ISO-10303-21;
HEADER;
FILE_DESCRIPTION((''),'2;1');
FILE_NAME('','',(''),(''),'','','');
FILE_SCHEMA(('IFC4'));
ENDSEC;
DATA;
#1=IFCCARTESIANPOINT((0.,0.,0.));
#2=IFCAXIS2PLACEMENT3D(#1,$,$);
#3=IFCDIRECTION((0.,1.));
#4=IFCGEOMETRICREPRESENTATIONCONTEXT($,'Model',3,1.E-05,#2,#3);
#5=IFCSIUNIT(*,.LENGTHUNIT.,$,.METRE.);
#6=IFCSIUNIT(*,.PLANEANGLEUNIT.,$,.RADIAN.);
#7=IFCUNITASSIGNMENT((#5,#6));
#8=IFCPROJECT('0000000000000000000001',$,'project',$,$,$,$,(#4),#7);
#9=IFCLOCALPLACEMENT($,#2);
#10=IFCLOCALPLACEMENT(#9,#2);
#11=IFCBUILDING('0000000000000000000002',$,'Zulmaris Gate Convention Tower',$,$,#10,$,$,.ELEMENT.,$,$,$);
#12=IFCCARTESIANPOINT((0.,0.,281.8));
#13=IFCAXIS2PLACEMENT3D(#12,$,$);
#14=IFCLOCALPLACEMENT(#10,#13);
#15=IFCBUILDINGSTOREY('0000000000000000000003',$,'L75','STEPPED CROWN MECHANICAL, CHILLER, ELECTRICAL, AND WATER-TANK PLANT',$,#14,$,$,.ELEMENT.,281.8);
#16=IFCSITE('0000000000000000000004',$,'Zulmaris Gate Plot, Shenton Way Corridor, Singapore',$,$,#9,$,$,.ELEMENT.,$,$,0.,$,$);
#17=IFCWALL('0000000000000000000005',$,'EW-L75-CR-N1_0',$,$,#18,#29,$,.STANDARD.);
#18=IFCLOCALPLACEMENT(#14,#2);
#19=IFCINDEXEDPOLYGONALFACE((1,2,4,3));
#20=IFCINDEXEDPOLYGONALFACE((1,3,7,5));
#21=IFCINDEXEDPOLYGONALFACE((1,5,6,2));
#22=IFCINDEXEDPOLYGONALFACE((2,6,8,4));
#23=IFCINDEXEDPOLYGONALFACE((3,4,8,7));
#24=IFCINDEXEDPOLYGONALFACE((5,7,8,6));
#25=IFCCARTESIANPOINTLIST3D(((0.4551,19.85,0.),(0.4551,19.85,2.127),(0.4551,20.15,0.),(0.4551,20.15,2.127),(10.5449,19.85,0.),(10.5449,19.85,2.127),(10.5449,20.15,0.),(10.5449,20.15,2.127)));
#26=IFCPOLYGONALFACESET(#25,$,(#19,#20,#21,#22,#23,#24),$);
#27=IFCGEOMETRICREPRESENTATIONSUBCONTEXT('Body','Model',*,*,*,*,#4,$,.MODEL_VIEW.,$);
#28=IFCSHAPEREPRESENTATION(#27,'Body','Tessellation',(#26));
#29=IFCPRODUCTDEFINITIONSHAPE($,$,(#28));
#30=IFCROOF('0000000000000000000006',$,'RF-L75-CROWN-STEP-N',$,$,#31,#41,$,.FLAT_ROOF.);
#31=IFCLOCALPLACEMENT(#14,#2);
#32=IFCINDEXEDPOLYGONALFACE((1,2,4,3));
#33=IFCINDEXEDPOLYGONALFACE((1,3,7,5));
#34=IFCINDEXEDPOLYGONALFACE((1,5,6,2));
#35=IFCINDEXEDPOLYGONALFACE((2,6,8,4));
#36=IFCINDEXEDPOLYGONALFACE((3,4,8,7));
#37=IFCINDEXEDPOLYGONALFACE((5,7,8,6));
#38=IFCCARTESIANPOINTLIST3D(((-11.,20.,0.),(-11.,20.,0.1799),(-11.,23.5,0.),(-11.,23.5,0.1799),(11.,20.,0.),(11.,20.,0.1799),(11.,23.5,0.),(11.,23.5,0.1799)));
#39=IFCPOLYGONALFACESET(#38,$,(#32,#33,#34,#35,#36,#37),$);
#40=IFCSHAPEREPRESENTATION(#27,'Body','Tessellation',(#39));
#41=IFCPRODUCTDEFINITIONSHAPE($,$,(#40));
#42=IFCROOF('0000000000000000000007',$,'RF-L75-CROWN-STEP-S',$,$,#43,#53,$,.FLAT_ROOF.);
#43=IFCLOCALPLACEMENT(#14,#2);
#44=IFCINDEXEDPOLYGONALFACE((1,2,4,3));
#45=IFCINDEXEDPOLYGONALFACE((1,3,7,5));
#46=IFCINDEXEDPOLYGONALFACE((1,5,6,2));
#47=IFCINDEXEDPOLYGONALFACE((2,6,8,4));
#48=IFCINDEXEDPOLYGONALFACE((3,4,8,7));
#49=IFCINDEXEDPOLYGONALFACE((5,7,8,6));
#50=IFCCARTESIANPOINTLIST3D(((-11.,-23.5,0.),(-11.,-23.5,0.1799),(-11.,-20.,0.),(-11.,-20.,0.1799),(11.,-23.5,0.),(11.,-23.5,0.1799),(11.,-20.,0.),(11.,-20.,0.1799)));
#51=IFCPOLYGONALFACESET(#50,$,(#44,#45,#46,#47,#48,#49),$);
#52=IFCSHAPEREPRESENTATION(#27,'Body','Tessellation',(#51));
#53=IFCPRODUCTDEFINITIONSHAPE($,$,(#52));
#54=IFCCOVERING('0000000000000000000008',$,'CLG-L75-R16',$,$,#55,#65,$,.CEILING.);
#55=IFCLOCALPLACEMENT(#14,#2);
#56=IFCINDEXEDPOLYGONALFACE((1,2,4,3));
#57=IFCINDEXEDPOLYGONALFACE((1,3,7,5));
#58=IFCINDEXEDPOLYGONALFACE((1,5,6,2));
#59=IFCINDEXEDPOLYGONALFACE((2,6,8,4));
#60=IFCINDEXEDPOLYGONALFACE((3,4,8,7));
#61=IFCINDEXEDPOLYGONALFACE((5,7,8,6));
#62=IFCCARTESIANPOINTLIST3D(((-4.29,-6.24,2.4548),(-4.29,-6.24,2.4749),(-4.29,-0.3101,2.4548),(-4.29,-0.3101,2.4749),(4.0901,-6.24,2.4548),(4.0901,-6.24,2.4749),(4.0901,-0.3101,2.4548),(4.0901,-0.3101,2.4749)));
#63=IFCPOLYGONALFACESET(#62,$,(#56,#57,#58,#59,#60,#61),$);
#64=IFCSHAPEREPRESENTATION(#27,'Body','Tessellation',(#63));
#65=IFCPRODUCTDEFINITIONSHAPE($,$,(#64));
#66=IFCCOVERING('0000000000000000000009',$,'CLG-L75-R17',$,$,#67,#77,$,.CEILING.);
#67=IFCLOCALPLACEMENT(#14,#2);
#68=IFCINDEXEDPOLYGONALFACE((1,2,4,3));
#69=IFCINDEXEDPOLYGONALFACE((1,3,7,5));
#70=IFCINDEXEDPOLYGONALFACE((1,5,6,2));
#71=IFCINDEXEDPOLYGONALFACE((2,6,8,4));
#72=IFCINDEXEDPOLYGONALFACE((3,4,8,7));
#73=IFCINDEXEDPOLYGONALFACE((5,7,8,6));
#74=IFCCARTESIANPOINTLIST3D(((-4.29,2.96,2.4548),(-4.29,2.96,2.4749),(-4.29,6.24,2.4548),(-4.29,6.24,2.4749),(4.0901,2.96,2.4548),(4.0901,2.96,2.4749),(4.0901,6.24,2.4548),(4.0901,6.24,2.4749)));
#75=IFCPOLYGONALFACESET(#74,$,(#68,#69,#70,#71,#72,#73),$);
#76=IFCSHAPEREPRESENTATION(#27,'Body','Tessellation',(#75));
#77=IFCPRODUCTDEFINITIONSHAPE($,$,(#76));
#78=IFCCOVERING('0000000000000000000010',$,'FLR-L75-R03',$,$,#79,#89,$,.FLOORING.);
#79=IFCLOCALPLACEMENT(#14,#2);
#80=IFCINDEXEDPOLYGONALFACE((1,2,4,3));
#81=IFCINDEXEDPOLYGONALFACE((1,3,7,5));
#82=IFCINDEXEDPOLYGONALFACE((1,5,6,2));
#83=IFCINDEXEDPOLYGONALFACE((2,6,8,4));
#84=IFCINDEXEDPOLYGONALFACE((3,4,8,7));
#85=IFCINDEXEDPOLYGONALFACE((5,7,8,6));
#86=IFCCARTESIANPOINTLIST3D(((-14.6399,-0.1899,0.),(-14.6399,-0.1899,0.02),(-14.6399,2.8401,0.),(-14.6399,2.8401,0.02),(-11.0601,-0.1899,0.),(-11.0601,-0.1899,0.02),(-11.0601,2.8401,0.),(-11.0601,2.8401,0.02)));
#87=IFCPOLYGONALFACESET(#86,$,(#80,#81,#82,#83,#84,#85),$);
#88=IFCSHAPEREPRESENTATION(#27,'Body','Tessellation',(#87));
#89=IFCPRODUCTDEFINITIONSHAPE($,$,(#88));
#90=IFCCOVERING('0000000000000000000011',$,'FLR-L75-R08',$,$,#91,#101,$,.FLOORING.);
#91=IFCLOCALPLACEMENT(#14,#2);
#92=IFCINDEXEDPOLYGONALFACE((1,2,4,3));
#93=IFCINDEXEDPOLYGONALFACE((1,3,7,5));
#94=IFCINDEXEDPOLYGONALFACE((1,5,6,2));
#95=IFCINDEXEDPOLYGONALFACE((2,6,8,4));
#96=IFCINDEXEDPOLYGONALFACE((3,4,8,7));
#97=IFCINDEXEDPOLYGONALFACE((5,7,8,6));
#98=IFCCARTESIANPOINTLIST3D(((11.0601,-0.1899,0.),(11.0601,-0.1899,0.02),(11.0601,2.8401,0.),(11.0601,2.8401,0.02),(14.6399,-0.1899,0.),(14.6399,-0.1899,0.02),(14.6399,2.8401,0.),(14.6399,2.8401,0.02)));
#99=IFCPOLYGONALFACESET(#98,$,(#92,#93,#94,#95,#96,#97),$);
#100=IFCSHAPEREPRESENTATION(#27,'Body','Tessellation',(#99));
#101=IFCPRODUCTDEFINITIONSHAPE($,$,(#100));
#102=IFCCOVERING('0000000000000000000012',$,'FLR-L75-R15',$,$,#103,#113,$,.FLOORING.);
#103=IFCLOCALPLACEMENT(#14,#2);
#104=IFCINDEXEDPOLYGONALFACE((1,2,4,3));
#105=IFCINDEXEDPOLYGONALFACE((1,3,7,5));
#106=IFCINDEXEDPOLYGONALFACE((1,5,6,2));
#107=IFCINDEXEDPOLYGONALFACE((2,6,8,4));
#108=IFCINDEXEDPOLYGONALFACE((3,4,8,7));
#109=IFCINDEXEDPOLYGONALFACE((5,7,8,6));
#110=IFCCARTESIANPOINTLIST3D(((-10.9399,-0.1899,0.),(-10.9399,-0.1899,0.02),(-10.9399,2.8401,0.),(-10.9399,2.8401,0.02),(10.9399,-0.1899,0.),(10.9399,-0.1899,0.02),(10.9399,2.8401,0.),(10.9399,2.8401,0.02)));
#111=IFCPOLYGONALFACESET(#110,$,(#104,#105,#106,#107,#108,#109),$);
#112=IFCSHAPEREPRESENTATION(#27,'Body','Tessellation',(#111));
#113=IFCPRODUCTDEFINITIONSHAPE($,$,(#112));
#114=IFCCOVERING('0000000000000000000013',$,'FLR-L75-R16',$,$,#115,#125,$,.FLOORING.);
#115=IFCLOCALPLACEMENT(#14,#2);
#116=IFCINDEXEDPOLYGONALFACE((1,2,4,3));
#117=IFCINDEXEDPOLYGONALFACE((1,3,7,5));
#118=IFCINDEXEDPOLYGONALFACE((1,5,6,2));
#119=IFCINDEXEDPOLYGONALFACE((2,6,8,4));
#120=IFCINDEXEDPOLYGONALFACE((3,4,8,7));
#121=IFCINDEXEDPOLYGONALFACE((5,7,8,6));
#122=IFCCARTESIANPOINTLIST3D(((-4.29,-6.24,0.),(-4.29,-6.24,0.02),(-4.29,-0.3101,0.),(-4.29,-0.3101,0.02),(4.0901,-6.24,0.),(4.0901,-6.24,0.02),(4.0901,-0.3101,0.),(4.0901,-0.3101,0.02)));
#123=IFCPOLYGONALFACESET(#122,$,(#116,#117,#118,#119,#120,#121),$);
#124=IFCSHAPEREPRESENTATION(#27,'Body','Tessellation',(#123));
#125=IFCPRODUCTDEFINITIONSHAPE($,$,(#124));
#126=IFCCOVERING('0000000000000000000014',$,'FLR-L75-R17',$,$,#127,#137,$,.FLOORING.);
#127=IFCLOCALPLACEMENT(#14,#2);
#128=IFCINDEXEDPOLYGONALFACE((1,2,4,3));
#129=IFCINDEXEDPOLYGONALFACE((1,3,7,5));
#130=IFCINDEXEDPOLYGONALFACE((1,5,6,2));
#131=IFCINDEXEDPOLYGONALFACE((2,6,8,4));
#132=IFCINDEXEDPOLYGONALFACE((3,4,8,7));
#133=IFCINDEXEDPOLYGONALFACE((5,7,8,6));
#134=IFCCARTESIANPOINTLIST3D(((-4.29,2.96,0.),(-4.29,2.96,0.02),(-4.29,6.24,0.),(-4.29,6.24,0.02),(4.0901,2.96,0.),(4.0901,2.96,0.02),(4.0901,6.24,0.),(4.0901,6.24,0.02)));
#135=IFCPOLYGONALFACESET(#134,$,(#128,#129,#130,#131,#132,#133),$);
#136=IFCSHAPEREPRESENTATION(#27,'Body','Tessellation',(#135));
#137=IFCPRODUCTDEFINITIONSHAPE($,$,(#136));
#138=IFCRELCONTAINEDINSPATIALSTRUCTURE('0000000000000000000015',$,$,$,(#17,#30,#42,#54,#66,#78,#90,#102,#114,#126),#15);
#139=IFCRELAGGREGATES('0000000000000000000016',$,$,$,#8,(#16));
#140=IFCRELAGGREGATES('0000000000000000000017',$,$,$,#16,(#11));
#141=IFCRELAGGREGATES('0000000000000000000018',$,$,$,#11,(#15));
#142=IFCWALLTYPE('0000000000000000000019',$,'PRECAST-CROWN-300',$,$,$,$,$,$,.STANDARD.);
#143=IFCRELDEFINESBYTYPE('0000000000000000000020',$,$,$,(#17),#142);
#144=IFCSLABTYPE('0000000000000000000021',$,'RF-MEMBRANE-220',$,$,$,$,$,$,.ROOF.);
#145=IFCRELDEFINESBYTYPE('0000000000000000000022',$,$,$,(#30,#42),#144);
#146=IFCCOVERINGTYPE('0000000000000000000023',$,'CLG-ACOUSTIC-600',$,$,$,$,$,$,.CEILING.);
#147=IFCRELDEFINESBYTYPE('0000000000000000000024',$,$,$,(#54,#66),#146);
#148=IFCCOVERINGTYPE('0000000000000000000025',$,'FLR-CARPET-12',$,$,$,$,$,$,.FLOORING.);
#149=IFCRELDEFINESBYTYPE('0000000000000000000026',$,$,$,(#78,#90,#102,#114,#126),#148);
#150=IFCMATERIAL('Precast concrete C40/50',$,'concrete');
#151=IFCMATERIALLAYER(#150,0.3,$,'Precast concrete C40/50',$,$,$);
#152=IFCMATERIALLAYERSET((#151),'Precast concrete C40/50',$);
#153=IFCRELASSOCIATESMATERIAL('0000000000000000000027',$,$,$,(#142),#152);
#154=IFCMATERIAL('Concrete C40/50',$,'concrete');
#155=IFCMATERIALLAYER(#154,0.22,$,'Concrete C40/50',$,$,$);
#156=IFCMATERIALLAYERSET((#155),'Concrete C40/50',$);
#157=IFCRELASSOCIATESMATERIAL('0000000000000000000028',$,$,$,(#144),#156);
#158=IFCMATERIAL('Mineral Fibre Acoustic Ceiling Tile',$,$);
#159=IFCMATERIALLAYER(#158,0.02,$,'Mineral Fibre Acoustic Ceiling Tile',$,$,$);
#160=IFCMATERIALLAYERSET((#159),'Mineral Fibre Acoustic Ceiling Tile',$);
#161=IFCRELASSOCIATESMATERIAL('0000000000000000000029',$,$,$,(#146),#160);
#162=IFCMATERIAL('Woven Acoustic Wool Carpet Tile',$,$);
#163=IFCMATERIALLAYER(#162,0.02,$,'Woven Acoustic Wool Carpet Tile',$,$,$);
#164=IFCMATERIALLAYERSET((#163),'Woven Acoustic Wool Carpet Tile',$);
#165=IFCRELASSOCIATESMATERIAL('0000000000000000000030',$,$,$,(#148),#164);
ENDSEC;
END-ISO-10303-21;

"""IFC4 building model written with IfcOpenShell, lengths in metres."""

from ifc_helpers import new_model, si_unit, direction, frame, frame_2d, origin, place, context, subcontext, project, spatial, polyline, rectangle, outline, extrude, material, layer, layer_set, type_object, element, save


model = new_model("IFC4")

# Units and contexts
model_context = context("Model", 3, precision=1e-05, world=origin(), true_north=direction((0.0, 1.0)))
body_context = subcontext(model_context, "Body", "Model", "MODEL_VIEW")
ifc_project = project(units=[si_unit("LENGTHUNIT", "METRE"), si_unit("PLANEANGLEUNIT", "RADIAN")], contexts=[model_context])

# Site, building, storey
site_placement = place(None, origin())
site = spatial("IfcSite", under=ifc_project, at=site_placement, Name="Zulmaris Gate Plot, Shenton Way Corridor, Singapore", CompositionType="ELEMENT", RefElevation=0.0)
building_placement = place(site_placement, origin())
building = spatial("IfcBuilding", under=site, at=building_placement, Name="Zulmaris Gate Convention Tower", CompositionType="ELEMENT")
storey_placement = place(building_placement, frame((0.0, 0.0, 281.8)))
storey = spatial("IfcBuildingStorey", under=building, at=storey_placement, Name="L75", Description="STEPPED CROWN MECHANICAL, CHILLER, ELECTRICAL, AND WATER-TANK PLANT", CompositionType="ELEMENT", Elevation=281.8)

# Wall
ifc_material_1 = material(Name="Precast concrete C40/50", Category="concrete")
ifc_layer_1 = layer(ifc_material_1, 0.3, Name="Precast concrete C40/50")
ifc_layer_set_1 = layer_set([ifc_layer_1], Name="Precast concrete C40/50")
wall_type_1 = type_object("IfcWallType", Name="PRECAST-CROWN-300", PredefinedType="STANDARD", material=ifc_layer_set_1)
wall_1_placement = place(storey_placement, frame((10.5449, 20.0, 0.0), z_axis=(0.0, 0.0, 1.0), x_axis=(-1.0, 0.0, 0.0)))
element("IfcWall", 1, at=wall_1_placement, inside=storey, type_object=wall_type_1, Name="EW-L75-CR-N1_0", PredefinedType="STANDARD", context=body_context, shape_type="SweptSolid", body=[
    extrude(rectangle(XDim=10.0898, YDim=0.3, at=frame_2d((5.0449, 0.0))), origin(), (0.0, 0.0, 1.0), 2.127),
])

# Roofs
ifc_material_2 = material(Name="Concrete C40/50", Category="concrete")
ifc_layer_2 = layer(ifc_material_2, 0.22, Name="Concrete C40/50")
ifc_layer_set_2 = layer_set([ifc_layer_2], Name="Concrete C40/50")
slab_type = type_object("IfcSlabType", Name="RF-MEMBRANE-220", PredefinedType="ROOF", material=ifc_layer_set_2)
roof_1_placement = place(storey_placement, origin())
element("IfcRoof", 2, at=roof_1_placement, inside=storey, type_object=slab_type, Name="RF-L75-CROWN-STEP-N", PredefinedType="FLAT_ROOF", context=body_context, shape_type="SweptSolid", body=[
    extrude(outline(polyline([(-11.0, 20.0), (11.0, 20.0), (11.0, 23.5), (-11.0, 23.5), (-11.0, 20.0)])), origin(), (0.0, 0.0, 1.0), 0.1799),
])
roof_2_placement = place(storey_placement, origin())
element("IfcRoof", 3, at=roof_2_placement, inside=storey, type_object=slab_type, Name="RF-L75-CROWN-STEP-S", PredefinedType="FLAT_ROOF", context=body_context, shape_type="SweptSolid", body=[
    extrude(outline(polyline([(-11.0, -23.5), (11.0, -23.5), (11.0, -20.0), (-11.0, -20.0), (-11.0, -23.5)])), origin(), (0.0, 0.0, 1.0), 0.1799),
])

# Coverings
ifc_material_3 = material(Name="Mineral Fibre Acoustic Ceiling Tile")
ifc_layer_3 = layer(ifc_material_3, 0.02, Name="Mineral Fibre Acoustic Ceiling Tile")
ifc_layer_set_3 = layer_set([ifc_layer_3], Name="Mineral Fibre Acoustic Ceiling Tile")
covering_type_1 = type_object("IfcCoveringType", Name="CLG-ACOUSTIC-600", PredefinedType="CEILING", material=ifc_layer_set_3)
covering_1_placement = place(storey_placement, frame((0.0, 0.0, 2.4548)))
element("IfcCovering", 4, at=covering_1_placement, inside=storey, type_object=covering_type_1, Name="CLG-L75-R16", PredefinedType="CEILING", context=body_context, shape_type="SweptSolid", body=[
    extrude(outline(polyline([(-4.29, -6.24), (4.0901, -6.24), (4.0901, -0.3101), (-4.29, -0.3101), (-4.29, -6.24)])), origin(), (0.0, 0.0, 1.0), 0.02),
])
covering_2_placement = place(storey_placement, frame((0.0, 0.0, 2.4548)))
element("IfcCovering", 5, at=covering_2_placement, inside=storey, type_object=covering_type_1, Name="CLG-L75-R17", PredefinedType="CEILING", context=body_context, shape_type="SweptSolid", body=[
    extrude(outline(polyline([(-4.29, 2.96), (4.0901, 2.96), (4.0901, 6.24), (-4.29, 6.24), (-4.29, 2.96)])), origin(), (0.0, 0.0, 1.0), 0.02),
])
ifc_material_4 = material(Name="Woven Acoustic Wool Carpet Tile")
ifc_layer_4 = layer(ifc_material_4, 0.02, Name="Woven Acoustic Wool Carpet Tile")
ifc_layer_set_4 = layer_set([ifc_layer_4], Name="Woven Acoustic Wool Carpet Tile")
covering_type_2 = type_object("IfcCoveringType", Name="FLR-CARPET-12", PredefinedType="FLOORING", material=ifc_layer_set_4)
covering_3_placement = place(storey_placement, origin())
element("IfcCovering", 6, at=covering_3_placement, inside=storey, type_object=covering_type_2, Name="FLR-L75-R03", PredefinedType="FLOORING", context=body_context, shape_type="SweptSolid", body=[
    extrude(outline(polyline([(-14.6399, -0.1899), (-11.0601, -0.1899), (-11.0601, 2.8401), (-14.6399, 2.8401), (-14.6399, -0.1899)])), origin(), (0.0, 0.0, 1.0), 0.02),
])
covering_4_placement = place(storey_placement, origin())
element("IfcCovering", 7, at=covering_4_placement, inside=storey, type_object=covering_type_2, Name="FLR-L75-R08", PredefinedType="FLOORING", context=body_context, shape_type="SweptSolid", body=[
    extrude(outline(polyline([(11.0601, -0.1899), (14.6399, -0.1899), (14.6399, 2.8401), (11.0601, 2.8401), (11.0601, -0.1899)])), origin(), (0.0, 0.0, 1.0), 0.02),
])
covering_5_placement = place(storey_placement, origin())
element("IfcCovering", 8, at=covering_5_placement, inside=storey, type_object=covering_type_2, Name="FLR-L75-R15", PredefinedType="FLOORING", context=body_context, shape_type="SweptSolid", body=[
    extrude(outline(polyline([(-10.9399, -0.1899), (10.9399, -0.1899), (10.9399, 2.8401), (-10.9399, 2.8401), (-10.9399, -0.1899)])), origin(), (0.0, 0.0, 1.0), 0.02),
])
covering_6_placement = place(storey_placement, origin())
element("IfcCovering", 9, at=covering_6_placement, inside=storey, type_object=covering_type_2, Name="FLR-L75-R16", PredefinedType="FLOORING", context=body_context, shape_type="SweptSolid", body=[
    extrude(outline(polyline([(-4.29, -6.24), (4.0901, -6.24), (4.0901, -0.3101), (-4.29, -0.3101), (-4.29, -6.24)])), origin(), (0.0, 0.0, 1.0), 0.02),
])
covering_7_placement = place(storey_placement, origin())
element("IfcCovering", 10, at=covering_7_placement, inside=storey, type_object=covering_type_2, Name="FLR-L75-R17", PredefinedType="FLOORING", context=body_context, shape_type="SweptSolid", body=[
    extrude(outline(polyline([(-4.29, 2.96), (4.0901, 2.96), (4.0901, 6.24), (-4.29, 6.24), (-4.29, 2.96)])), origin(), (0.0, 0.0, 1.0), 0.02),
])

save(model, "model.ifc")
